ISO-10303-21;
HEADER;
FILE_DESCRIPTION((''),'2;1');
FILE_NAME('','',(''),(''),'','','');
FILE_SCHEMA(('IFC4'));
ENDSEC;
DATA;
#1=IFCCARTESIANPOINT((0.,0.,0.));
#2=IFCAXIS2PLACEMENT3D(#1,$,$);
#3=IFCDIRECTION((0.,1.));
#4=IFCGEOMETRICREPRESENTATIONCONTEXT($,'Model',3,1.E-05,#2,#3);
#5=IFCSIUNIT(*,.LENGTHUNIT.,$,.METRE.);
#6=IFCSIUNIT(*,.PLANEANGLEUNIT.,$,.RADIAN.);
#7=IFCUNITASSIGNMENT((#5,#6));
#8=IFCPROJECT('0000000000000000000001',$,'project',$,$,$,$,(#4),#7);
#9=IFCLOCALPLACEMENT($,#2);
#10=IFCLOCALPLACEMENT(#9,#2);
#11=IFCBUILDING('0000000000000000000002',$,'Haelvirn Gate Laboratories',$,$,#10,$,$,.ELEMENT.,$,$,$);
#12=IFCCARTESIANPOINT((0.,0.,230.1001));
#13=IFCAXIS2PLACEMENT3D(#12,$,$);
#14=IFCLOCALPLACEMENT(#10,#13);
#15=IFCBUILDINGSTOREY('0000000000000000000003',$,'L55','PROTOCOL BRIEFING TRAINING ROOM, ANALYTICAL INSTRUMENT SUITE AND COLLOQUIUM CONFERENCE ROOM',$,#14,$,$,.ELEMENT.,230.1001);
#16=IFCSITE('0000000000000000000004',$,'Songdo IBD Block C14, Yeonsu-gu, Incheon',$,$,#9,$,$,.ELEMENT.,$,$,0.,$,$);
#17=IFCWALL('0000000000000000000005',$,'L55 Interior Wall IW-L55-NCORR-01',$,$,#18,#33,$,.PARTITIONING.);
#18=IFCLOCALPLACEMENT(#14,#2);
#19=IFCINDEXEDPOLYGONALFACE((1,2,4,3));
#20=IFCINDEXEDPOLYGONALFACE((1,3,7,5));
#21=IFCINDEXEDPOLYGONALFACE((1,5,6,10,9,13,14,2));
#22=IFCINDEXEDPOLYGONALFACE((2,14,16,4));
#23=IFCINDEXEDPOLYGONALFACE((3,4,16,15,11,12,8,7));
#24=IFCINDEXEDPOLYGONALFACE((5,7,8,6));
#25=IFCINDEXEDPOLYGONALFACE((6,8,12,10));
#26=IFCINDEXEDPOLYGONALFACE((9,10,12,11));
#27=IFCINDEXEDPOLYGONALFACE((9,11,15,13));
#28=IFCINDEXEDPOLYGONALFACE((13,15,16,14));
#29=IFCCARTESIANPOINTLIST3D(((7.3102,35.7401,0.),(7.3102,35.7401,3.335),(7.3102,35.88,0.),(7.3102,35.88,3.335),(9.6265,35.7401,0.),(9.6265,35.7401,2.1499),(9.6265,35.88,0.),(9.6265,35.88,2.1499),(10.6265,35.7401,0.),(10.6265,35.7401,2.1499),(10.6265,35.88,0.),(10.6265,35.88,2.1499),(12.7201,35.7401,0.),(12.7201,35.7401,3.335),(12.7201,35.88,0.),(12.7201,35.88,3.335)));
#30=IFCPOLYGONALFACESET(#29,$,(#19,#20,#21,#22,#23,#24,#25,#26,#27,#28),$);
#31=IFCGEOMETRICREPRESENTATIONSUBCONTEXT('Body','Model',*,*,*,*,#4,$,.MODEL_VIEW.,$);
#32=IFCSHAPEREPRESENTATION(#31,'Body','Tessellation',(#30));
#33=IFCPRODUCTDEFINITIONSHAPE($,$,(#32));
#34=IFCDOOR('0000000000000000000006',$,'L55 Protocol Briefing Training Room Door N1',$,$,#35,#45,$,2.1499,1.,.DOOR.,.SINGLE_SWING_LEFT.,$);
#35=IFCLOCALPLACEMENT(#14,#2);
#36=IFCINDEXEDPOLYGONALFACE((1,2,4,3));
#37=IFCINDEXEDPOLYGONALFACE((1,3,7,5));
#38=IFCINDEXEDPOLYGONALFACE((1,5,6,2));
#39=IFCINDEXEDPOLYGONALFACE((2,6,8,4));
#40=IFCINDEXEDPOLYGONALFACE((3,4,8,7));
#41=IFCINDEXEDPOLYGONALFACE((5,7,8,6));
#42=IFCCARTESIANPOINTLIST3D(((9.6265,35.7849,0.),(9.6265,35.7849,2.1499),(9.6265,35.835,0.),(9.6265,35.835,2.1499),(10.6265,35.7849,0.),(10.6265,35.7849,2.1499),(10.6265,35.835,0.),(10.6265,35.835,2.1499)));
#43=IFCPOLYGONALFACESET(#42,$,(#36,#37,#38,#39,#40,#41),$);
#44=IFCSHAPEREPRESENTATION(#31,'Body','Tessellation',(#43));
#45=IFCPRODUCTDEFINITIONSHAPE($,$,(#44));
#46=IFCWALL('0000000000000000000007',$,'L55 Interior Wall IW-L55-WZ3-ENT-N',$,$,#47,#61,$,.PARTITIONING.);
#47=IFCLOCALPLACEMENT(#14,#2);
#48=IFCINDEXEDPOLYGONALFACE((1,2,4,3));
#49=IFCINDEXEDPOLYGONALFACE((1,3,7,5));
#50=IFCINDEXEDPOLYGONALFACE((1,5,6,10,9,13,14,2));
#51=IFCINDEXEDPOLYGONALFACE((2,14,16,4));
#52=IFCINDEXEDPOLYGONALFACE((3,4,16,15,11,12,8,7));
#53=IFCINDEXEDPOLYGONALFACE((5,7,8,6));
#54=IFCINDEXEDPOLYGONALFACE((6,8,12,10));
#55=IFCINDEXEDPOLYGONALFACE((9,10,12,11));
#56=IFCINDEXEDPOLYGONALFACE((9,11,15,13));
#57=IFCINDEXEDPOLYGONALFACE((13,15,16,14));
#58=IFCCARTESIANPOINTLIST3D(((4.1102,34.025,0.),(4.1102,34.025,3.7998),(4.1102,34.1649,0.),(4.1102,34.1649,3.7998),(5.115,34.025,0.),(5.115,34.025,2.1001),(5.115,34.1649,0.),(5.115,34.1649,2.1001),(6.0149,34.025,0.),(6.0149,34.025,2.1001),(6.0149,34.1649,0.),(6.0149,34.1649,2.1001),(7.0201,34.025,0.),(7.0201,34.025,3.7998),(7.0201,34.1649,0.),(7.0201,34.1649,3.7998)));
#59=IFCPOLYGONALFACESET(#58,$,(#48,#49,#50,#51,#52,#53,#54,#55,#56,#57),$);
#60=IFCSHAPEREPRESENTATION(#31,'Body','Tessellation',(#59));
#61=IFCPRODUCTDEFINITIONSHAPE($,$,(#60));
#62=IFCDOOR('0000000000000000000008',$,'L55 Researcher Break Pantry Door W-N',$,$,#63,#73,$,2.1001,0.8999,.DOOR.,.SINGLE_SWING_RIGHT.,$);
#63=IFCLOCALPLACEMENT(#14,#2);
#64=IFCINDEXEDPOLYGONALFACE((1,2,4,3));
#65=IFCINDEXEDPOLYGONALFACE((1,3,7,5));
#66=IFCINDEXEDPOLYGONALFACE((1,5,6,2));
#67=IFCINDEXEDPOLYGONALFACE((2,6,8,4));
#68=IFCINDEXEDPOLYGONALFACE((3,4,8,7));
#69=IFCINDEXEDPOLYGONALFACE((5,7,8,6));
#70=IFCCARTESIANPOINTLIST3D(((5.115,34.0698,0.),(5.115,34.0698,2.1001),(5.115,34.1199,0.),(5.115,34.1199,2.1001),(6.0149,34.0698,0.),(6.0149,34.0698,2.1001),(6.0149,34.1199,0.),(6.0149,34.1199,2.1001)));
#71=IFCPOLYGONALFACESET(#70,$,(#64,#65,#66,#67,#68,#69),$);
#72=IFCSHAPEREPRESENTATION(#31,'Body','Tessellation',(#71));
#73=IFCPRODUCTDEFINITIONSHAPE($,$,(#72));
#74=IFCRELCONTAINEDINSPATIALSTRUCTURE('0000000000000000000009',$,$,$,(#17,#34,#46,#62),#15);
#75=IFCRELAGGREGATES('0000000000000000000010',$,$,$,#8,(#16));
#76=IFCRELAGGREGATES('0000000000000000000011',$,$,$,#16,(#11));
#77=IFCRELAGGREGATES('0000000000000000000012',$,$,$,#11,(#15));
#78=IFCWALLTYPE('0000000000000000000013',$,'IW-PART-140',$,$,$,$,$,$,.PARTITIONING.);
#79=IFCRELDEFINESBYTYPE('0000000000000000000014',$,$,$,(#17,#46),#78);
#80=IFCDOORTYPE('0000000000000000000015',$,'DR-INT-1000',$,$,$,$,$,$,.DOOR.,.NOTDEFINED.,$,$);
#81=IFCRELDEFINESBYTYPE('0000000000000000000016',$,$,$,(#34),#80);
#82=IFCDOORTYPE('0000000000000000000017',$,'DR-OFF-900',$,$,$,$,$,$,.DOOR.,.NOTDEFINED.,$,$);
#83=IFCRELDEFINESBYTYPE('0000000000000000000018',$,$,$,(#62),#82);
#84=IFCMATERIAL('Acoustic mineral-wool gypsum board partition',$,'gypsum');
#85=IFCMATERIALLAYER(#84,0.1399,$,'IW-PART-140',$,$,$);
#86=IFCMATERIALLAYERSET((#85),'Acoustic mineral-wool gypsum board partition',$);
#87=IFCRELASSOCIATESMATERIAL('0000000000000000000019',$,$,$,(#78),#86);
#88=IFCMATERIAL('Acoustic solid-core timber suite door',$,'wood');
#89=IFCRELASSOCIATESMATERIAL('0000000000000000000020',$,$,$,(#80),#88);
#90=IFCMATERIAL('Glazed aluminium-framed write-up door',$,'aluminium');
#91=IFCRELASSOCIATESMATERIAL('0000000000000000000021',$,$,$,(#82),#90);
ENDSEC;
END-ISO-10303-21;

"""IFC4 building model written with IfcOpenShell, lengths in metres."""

from ifc_helpers import new_model, si_unit, direction, frame, frame_2d, origin, place, context, subcontext, project, spatial, rectangle, extrude, source, transform, mapped, material, layer, layer_set, type_object, type_shapes, element, fill, save


model = new_model("IFC4")

# Units and contexts
model_context = context("Model", 3, precision=1e-05, world=origin(), true_north=direction((0.0, 1.0)))
body_context = subcontext(model_context, "Body", "Model", "MODEL_VIEW")
ifc_project = project(units=[si_unit("LENGTHUNIT", "METRE"), si_unit("PLANEANGLEUNIT", "RADIAN")], contexts=[model_context])

# Site, building, storey
site_placement = place(None, origin())
site = spatial("IfcSite", under=ifc_project, at=site_placement, Name="Songdo IBD Block C14, Yeonsu-gu, Incheon", CompositionType="ELEMENT", RefElevation=0.0)
building_placement = place(site_placement, origin())
building = spatial("IfcBuilding", under=site, at=building_placement, Name="Haelvirn Gate Laboratories", CompositionType="ELEMENT")
storey_placement = place(building_placement, frame((0.0, 0.0, 230.1001)))
storey = spatial("IfcBuildingStorey", under=building, at=storey_placement, Name="L55", Description="PROTOCOL BRIEFING TRAINING ROOM, ANALYTICAL INSTRUMENT SUITE AND COLLOQUIUM CONFERENCE ROOM", CompositionType="ELEMENT", Elevation=230.1001)

# Walls, openings, doors
ifc_material_1 = material(Name="Acoustic mineral-wool gypsum board partition", Category="gypsum")
ifc_layer_1 = layer(ifc_material_1, 0.1399, Name="IW-PART-140")
ifc_layer_set_1 = layer_set([ifc_layer_1], Name="Acoustic mineral-wool gypsum board partition")
wall_type_1 = type_object("IfcWallType", Name="IW-PART-140", PredefinedType="PARTITIONING", material=ifc_layer_set_1)
wall_1_placement = place(storey_placement, frame((7.3101, 35.8101, 0.0), z_axis=(0.0, 0.0, 1.0), x_axis=(1.0, 0.0, 0.0)))
wall_1 = element("IfcWall", 1, at=wall_1_placement, inside=storey, type_object=wall_type_1, Name="L55 Interior Wall IW-L55-NCORR-01", PredefinedType="PARTITIONING", context=body_context, shape_type="SweptSolid", body=[
    extrude(rectangle(XDim=5.4099, YDim=0.1399, at=frame_2d((2.7051, 0.0))), origin(), (0.0, 0.0, 1.0), 3.335),
])
opening_1_placement = place(wall_1_placement, frame((2.3164, 0.0, 0.0)))
opening_1 = element("IfcOpeningElement", 2, at=opening_1_placement, cuts=wall_1, PredefinedType="OPENING", context=body_context, shape_type="SweptSolid", body=[
    extrude(rectangle(XDim=1.0, YDim=2.1499, at=frame_2d((0.5, 1.075))), frame((0.0, 0.0801, 0.0), z_axis=(0.0, -1.0, 0.0), x_axis=(1.0, 0.0, 0.0)), (0.0, 0.0, 1.0), 0.1599),
])
ifc_material_2 = material(Name="Acoustic solid-core timber suite door", Category="wood")
door_type_1 = type_object("IfcDoorType", Name="DR-INT-1000", OperationType="NOTDEFINED", PredefinedType="DOOR", material=ifc_material_2)
shared_shape_1 = source(origin(), body_context, "Body", "SweptSolid", [
    extrude(rectangle(XDim=1.0, YDim=2.1499, at=frame_2d((0.5, 1.075))), frame((0.0, 0.0249, 0.0), z_axis=(0.0, -1.0, 0.0), x_axis=(1.0, 0.0, 0.0)), (0.0, 0.0, 1.0), 0.05),
])
type_shapes(door_type_1, [shared_shape_1])
door_1_placement = place(opening_1_placement, origin())
door_1 = element("IfcDoor", 3, at=door_1_placement, inside=storey, type_object=door_type_1, Name="L55 Protocol Briefing Training Room Door N1", OperationType="SINGLE_SWING_LEFT", OverallHeight=2.1499, OverallWidth=1.0, PredefinedType="DOOR", context=body_context, shape_type="MappedRepresentation", body=[
    mapped(shared_shape_1, transform((0.0, 0.0, 0.0), scale=1.0)),
])
fill(opening_1, door_1)
wall_2_placement = place(storey_placement, frame((4.1101, 34.095, 0.0), z_axis=(0.0, 0.0, 1.0), x_axis=(1.0, 0.0, 0.0)))
wall_2 = element("IfcWall", 4, at=wall_2_placement, inside=storey, type_object=wall_type_1, Name="L55 Interior Wall IW-L55-WZ3-ENT-N", PredefinedType="PARTITIONING", context=body_context, shape_type="SweptSolid", body=[
    extrude(rectangle(XDim=2.9099, YDim=0.1399, at=frame_2d((1.4551, 0.0))), origin(), (0.0, 0.0, 1.0), 3.7998),
])
opening_2_placement = place(wall_2_placement, frame((1.0049, 0.0, 0.0)))
opening_2 = element("IfcOpeningElement", 5, at=opening_2_placement, cuts=wall_2, PredefinedType="OPENING", context=body_context, shape_type="SweptSolid", body=[
    extrude(rectangle(XDim=0.8999, YDim=2.1001, at=frame_2d((0.45, 1.05))), frame((0.0, 0.0801, 0.0), z_axis=(0.0, -1.0, 0.0), x_axis=(1.0, 0.0, 0.0)), (0.0, 0.0, 1.0), 0.1599),
])
ifc_material_3 = material(Name="Glazed aluminium-framed write-up door", Category="aluminium")
door_type_2 = type_object("IfcDoorType", Name="DR-OFF-900", OperationType="NOTDEFINED", PredefinedType="DOOR", material=ifc_material_3)
shared_shape_2 = source(origin(), body_context, "Body", "SweptSolid", [
    extrude(rectangle(XDim=0.8999, YDim=2.1001, at=frame_2d((0.45, 1.05))), frame((0.0, 0.0249, 0.0), z_axis=(0.0, -1.0, 0.0), x_axis=(1.0, 0.0, 0.0)), (0.0, 0.0, 1.0), 0.05),
])
type_shapes(door_type_2, [shared_shape_2])
door_2_placement = place(opening_2_placement, origin())
door_2 = element("IfcDoor", 6, at=door_2_placement, inside=storey, type_object=door_type_2, Name="L55 Researcher Break Pantry Door W-N", OperationType="SINGLE_SWING_RIGHT", OverallHeight=2.1001, OverallWidth=0.8999, PredefinedType="DOOR", context=body_context, shape_type="MappedRepresentation", body=[
    mapped(shared_shape_2, transform((0.0, 0.0, 0.0), scale=1.0)),
])
fill(opening_2, door_2)

save(model, "model.ifc")
